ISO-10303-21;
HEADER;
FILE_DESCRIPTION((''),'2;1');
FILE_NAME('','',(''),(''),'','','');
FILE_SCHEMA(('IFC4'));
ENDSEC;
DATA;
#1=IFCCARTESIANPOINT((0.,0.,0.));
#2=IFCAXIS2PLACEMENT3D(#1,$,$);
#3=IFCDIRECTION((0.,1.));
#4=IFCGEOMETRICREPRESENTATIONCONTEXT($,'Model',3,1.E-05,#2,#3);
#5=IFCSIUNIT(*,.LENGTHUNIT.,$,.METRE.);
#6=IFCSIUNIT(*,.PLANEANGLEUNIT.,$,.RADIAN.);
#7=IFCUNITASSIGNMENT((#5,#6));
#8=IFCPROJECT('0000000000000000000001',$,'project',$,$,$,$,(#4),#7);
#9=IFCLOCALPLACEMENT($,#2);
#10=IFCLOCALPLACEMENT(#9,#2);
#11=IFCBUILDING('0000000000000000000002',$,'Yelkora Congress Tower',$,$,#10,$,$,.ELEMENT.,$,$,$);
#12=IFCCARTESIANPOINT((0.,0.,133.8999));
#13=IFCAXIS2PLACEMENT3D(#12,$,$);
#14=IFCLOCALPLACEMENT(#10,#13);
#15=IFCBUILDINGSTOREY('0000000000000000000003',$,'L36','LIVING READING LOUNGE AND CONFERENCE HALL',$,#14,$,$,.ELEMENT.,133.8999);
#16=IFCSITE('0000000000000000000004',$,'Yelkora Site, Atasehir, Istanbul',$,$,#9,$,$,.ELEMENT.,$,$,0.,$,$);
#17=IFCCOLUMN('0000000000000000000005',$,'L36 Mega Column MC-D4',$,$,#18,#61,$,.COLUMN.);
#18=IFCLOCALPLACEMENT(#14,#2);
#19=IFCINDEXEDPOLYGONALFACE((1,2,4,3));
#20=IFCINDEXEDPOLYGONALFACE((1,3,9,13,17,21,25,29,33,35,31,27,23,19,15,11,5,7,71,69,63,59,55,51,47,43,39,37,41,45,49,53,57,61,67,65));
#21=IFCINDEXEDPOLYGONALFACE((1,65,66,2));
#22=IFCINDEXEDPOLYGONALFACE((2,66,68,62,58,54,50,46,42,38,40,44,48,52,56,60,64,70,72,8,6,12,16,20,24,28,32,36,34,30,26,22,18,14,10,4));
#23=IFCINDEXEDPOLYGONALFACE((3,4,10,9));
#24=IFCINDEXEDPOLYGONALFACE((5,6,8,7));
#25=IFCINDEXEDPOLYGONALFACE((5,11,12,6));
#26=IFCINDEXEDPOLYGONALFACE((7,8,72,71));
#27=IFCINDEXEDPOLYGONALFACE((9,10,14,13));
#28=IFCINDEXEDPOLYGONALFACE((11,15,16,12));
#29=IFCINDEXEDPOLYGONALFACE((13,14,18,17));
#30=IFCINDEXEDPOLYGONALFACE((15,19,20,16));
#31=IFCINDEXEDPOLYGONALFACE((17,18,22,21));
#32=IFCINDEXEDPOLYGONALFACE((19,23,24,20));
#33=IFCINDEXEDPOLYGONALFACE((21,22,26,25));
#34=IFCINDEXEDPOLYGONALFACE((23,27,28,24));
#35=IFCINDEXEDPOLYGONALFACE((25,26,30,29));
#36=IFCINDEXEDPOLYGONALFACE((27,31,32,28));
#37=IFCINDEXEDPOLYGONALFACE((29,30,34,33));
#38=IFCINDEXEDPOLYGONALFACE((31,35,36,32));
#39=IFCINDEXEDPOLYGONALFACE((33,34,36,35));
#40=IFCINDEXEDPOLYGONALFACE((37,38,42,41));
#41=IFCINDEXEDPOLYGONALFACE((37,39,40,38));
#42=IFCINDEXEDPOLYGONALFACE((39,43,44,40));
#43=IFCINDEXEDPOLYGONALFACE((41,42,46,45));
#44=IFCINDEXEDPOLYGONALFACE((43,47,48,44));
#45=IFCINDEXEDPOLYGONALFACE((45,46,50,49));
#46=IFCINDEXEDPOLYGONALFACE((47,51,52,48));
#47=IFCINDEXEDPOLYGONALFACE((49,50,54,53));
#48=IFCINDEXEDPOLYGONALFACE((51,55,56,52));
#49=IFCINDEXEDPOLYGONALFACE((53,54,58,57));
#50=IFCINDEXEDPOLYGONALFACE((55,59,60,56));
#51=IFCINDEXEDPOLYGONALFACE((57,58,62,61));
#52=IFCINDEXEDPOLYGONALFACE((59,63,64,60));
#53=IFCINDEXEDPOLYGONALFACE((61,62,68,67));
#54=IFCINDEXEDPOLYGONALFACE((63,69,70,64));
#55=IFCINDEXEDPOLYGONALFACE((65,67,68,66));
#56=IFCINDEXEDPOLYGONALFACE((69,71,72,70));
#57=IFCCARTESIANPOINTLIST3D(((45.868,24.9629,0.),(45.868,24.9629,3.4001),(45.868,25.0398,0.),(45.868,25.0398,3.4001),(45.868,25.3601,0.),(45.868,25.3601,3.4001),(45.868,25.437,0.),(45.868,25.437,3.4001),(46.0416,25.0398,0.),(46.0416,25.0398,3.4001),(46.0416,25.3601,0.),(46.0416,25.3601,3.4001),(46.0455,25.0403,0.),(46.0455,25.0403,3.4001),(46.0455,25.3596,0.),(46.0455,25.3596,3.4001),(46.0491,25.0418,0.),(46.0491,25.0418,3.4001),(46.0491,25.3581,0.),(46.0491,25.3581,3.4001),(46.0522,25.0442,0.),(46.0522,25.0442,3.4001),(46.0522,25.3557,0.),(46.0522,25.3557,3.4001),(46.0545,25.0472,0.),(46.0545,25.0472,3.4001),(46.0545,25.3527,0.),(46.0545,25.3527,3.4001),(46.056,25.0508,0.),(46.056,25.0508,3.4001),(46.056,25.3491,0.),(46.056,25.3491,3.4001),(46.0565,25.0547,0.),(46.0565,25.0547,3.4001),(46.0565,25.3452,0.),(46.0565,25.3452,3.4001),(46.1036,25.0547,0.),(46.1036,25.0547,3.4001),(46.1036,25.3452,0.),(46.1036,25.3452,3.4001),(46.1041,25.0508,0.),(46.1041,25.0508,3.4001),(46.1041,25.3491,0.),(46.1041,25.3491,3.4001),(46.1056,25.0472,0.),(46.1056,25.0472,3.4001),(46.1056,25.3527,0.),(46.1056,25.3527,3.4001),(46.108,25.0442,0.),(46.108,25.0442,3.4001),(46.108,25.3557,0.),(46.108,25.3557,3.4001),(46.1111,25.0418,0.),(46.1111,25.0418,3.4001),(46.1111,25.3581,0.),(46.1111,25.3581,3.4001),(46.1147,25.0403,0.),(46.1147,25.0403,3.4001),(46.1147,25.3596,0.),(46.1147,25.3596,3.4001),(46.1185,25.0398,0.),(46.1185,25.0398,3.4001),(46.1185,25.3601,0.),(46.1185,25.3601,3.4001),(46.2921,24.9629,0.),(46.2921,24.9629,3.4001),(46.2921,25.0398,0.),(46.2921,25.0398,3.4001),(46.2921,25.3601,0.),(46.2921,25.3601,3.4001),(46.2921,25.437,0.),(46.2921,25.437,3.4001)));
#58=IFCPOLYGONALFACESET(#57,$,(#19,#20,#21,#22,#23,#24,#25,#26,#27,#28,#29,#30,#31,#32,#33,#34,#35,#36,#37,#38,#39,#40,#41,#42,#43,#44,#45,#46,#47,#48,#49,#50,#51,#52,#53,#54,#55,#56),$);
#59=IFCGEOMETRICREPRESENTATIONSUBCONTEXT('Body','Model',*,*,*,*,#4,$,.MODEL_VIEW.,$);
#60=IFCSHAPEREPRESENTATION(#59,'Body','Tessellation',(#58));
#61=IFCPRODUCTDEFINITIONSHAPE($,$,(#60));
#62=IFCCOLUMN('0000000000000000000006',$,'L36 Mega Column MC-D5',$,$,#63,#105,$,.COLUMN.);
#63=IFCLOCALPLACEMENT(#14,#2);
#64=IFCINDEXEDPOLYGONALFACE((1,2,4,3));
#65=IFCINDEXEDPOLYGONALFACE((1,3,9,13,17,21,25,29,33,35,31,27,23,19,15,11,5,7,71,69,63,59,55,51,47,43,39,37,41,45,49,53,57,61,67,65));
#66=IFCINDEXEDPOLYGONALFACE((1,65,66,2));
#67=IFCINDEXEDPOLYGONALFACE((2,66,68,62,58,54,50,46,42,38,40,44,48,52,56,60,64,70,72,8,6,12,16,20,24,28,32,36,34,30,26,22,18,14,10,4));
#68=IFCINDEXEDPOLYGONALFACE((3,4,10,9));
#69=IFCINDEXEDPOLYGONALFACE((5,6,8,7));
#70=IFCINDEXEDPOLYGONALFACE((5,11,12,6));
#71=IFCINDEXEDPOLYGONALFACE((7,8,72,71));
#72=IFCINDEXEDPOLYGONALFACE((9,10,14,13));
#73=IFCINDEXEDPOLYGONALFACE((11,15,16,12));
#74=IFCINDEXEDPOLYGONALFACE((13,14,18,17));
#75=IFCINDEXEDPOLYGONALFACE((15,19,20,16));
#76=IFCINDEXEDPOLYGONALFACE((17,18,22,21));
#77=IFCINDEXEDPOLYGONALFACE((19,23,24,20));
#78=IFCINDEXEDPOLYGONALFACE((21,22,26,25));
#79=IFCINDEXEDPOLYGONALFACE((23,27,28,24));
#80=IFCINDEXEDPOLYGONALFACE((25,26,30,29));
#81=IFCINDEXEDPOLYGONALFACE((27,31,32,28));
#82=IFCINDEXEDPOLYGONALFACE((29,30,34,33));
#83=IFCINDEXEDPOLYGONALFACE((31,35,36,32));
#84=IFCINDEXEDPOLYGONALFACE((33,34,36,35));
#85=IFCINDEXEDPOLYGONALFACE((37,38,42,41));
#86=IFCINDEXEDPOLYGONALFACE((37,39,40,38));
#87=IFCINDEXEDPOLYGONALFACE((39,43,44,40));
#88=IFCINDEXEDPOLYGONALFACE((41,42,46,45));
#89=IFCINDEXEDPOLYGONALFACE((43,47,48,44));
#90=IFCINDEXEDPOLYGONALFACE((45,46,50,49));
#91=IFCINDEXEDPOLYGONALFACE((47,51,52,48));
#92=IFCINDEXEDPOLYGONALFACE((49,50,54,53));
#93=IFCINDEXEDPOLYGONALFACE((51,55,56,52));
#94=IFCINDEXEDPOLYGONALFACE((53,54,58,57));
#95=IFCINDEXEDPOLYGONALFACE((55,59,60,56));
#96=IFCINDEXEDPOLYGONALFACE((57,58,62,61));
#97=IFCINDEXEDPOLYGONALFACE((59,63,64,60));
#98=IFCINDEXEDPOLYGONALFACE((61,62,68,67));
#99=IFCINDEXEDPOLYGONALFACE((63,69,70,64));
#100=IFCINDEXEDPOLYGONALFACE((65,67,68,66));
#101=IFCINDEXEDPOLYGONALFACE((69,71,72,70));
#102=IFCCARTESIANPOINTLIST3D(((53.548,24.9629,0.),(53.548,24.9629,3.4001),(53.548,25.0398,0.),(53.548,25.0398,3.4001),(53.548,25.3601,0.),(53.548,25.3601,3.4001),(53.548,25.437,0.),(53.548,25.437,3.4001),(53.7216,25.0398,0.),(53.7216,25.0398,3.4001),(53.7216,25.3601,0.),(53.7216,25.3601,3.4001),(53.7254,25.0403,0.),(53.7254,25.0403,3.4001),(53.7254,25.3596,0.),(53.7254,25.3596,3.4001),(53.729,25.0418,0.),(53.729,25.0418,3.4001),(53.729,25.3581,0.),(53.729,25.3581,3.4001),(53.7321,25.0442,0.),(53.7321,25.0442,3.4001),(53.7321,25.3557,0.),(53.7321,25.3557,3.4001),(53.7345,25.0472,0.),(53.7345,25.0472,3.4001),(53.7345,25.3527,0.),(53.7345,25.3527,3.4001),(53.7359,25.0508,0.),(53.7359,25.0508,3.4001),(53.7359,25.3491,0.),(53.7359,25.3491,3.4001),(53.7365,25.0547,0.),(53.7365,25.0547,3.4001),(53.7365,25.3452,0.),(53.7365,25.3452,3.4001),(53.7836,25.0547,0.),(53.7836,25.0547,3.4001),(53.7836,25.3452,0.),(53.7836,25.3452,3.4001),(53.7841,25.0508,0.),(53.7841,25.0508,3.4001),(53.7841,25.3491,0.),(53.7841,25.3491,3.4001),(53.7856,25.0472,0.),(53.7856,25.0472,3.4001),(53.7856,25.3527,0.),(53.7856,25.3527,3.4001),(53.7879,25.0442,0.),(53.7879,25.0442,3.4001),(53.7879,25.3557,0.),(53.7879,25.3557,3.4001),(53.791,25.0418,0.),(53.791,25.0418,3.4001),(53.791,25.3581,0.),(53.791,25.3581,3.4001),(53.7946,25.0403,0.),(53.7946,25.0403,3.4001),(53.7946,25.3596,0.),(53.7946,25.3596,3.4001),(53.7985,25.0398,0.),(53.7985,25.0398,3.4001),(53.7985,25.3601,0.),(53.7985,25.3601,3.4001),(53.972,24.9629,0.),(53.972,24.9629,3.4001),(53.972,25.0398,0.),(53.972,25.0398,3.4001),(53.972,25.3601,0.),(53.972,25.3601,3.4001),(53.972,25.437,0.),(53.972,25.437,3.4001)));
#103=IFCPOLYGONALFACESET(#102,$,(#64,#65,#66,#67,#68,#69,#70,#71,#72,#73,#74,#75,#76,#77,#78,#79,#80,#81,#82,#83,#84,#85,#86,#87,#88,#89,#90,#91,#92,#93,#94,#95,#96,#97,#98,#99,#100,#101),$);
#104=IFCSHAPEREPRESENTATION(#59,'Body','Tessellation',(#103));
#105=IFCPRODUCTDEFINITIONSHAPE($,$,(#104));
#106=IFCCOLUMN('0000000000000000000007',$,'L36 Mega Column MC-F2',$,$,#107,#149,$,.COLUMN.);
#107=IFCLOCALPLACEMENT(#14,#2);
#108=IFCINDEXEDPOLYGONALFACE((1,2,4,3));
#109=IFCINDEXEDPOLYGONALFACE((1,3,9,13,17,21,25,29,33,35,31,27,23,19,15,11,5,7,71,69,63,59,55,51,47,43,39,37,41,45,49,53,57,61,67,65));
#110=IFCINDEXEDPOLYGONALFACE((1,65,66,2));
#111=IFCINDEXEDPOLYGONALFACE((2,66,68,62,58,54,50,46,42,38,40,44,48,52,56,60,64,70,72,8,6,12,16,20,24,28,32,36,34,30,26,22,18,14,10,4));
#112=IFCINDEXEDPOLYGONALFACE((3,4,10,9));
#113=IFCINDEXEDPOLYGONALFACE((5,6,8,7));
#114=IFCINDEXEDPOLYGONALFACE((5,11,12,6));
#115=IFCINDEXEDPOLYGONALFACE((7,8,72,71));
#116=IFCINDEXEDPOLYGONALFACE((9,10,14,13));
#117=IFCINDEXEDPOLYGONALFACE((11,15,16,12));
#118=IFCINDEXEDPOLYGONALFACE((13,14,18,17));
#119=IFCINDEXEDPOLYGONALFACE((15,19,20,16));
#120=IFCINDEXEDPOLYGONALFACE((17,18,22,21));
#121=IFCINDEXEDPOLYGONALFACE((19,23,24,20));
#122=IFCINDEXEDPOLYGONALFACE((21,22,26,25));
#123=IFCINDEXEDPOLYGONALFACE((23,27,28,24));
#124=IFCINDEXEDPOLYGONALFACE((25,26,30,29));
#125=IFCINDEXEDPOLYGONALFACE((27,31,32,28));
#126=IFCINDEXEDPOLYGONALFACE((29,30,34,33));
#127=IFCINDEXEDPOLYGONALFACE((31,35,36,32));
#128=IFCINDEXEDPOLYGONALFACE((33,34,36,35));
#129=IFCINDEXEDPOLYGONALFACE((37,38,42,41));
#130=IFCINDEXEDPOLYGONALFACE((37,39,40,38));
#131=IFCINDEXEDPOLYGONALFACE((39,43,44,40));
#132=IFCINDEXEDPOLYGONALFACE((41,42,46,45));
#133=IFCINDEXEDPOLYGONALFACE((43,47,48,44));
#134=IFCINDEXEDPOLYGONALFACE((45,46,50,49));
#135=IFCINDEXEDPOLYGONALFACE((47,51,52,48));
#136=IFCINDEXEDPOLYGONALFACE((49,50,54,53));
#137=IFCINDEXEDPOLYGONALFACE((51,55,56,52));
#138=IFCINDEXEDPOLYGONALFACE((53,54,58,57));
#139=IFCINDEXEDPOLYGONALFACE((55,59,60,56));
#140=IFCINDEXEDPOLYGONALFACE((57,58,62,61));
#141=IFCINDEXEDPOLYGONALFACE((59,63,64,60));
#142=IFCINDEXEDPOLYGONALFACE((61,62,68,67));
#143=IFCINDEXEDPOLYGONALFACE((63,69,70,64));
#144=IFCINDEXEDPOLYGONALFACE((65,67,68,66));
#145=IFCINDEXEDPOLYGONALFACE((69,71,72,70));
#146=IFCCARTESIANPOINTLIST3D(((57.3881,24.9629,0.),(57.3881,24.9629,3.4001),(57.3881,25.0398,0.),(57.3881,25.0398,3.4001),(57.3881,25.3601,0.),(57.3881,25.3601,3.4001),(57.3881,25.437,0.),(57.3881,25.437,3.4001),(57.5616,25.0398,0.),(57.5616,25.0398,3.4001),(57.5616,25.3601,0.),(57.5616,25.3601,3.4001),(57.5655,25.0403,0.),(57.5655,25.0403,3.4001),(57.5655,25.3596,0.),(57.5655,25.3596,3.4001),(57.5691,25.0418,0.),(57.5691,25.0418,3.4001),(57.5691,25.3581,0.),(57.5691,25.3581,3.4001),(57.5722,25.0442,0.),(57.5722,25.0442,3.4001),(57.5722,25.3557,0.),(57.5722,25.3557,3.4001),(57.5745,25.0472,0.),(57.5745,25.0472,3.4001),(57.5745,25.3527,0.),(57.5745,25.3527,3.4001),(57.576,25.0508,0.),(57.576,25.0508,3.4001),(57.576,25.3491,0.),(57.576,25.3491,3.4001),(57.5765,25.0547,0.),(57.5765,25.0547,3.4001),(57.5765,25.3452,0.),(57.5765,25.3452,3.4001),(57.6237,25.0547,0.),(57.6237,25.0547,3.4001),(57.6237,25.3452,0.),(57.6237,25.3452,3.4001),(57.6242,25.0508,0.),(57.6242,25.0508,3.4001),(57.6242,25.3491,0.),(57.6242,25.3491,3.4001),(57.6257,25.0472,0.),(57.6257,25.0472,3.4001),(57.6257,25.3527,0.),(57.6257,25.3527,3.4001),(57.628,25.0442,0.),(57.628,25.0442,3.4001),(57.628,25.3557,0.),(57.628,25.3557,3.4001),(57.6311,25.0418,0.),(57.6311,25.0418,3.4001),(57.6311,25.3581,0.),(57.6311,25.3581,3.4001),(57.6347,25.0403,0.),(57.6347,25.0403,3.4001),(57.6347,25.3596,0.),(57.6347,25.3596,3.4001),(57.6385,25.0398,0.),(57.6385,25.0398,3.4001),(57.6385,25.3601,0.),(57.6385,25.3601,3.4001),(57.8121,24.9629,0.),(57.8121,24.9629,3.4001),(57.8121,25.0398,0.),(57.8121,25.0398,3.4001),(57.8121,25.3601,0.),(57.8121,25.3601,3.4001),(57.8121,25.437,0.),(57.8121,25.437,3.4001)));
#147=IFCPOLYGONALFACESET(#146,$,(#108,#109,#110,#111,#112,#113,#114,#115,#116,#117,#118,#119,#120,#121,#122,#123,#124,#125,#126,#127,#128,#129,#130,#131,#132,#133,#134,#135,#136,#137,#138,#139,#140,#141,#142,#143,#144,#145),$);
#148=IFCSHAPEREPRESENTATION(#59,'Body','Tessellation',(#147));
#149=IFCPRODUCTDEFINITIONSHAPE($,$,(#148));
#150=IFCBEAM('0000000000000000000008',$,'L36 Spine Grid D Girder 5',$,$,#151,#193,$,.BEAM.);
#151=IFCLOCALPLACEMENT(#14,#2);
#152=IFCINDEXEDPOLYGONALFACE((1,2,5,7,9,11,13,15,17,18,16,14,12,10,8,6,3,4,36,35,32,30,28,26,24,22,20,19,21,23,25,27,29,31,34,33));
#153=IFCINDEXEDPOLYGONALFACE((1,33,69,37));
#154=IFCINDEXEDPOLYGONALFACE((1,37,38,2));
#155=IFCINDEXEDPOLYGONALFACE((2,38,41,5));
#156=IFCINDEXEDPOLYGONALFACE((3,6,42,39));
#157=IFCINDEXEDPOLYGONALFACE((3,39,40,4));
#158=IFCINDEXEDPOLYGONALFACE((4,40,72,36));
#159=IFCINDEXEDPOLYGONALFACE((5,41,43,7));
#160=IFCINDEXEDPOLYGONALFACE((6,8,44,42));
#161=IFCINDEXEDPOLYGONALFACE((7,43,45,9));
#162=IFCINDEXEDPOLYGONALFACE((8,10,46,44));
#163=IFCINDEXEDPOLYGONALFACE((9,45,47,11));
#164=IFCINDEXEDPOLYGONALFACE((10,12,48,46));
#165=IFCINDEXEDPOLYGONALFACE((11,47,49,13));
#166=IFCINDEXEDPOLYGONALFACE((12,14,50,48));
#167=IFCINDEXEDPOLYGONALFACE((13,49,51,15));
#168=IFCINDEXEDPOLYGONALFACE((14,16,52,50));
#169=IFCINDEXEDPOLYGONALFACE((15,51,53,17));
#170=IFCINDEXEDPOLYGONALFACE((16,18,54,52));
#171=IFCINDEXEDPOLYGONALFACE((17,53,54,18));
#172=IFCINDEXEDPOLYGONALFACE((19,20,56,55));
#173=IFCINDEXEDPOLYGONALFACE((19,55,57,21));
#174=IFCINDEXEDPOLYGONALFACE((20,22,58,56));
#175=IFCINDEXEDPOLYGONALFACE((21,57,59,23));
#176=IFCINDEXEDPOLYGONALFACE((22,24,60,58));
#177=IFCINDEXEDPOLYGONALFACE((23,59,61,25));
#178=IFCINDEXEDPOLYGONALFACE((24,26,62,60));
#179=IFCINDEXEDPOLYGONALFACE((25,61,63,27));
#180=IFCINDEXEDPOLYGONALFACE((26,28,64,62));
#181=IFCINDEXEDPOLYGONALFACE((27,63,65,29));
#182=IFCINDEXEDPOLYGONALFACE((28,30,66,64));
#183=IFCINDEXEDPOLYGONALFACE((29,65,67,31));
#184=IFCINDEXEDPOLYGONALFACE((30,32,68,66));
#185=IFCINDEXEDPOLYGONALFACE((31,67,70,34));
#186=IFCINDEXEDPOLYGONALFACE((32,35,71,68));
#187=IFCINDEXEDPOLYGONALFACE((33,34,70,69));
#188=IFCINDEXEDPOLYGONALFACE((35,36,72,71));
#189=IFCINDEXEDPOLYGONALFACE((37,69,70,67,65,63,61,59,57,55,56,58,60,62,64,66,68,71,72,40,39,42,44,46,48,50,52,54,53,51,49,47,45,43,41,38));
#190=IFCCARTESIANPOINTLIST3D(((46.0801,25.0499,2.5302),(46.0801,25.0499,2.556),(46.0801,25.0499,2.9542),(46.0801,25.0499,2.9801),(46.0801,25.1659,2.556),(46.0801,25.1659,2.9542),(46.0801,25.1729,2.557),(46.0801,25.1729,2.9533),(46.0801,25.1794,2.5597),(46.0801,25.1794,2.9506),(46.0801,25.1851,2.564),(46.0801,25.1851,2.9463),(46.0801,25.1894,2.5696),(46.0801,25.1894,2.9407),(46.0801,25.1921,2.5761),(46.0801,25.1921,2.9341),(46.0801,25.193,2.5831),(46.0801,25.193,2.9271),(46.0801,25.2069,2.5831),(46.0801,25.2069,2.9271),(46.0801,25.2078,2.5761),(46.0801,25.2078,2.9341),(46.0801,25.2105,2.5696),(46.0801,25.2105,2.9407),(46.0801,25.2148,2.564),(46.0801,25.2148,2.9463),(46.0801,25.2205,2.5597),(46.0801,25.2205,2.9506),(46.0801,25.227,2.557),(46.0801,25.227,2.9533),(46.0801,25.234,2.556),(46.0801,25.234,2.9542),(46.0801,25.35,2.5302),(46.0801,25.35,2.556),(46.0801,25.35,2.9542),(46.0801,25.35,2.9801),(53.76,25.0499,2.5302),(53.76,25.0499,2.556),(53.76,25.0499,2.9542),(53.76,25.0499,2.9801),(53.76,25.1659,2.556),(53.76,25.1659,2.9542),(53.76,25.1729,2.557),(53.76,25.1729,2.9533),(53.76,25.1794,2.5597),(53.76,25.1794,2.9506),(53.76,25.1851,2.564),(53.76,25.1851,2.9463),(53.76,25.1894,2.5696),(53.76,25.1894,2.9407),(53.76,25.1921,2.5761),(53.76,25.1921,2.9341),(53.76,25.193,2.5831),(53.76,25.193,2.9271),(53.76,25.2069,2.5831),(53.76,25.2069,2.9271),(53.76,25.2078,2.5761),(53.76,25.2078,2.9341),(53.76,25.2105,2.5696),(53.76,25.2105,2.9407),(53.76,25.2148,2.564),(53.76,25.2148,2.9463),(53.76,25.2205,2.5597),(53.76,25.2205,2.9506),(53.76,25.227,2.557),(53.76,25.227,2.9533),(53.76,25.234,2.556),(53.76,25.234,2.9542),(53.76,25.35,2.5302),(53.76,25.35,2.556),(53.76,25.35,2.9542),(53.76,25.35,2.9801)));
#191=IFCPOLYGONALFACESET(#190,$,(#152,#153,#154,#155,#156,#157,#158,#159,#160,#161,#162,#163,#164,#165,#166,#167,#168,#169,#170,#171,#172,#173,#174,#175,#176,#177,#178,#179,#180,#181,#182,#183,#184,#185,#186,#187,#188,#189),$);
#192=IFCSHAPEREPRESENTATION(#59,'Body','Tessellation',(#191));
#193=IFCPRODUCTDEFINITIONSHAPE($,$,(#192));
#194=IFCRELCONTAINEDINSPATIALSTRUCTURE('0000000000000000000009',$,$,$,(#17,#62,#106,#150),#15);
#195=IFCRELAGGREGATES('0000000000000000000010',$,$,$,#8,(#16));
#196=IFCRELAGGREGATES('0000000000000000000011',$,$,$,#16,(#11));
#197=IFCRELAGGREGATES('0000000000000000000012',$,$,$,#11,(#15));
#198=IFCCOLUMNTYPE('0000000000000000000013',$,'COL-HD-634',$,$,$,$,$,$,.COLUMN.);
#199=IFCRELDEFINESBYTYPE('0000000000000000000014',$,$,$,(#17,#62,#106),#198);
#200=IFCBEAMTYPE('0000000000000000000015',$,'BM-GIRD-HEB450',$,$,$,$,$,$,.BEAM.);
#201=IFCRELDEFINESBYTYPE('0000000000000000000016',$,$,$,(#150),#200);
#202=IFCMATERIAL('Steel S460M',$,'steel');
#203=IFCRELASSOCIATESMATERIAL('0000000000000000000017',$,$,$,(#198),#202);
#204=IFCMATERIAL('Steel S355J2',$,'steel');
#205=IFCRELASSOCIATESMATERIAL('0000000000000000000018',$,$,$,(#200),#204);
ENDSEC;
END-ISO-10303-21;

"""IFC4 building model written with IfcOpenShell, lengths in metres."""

from ifc_helpers import new_model, si_unit, direction, frame, origin, origin_2d, place, context, subcontext, project, spatial, i_section, extrude, material, material_profile, profile_set, type_object, element, save


model = new_model("IFC4")

# Units and contexts
model_context = context("Model", 3, precision=1e-05, world=origin(), true_north=direction((0.0, 1.0)))
body_context = subcontext(model_context, "Body", "Model", "MODEL_VIEW")
ifc_project = project(units=[si_unit("LENGTHUNIT", "METRE"), si_unit("PLANEANGLEUNIT", "RADIAN")], contexts=[model_context])

# Site, building, storey
site_placement = place(None, origin())
site = spatial("IfcSite", under=ifc_project, at=site_placement, Name="Yelkora Site, Atasehir, Istanbul", CompositionType="ELEMENT", RefElevation=0.0)
building_placement = place(site_placement, origin())
building = spatial("IfcBuilding", under=site, at=building_placement, Name="Yelkora Congress Tower", CompositionType="ELEMENT")
storey_placement = place(building_placement, frame((0.0, 0.0, 133.8999)))
storey = spatial("IfcBuildingStorey", under=building, at=storey_placement, Name="L36", Description="LIVING READING LOUNGE AND CONFERENCE HALL", CompositionType="ELEMENT", Elevation=133.8999)

# Columns
ifc_material_1 = material(Name="Steel S460M", Category="steel")
ifc_material_profile_1 = material_profile(ifc_material_1, i_section(OverallWidth=0.4241, OverallDepth=0.4741, WebThickness=0.0471, FlangeThickness=0.0769, FilletRadius=0.0149, at=origin_2d()), Name="HD 400x634")
ifc_profile_set_1 = profile_set([ifc_material_profile_1], Name="Steel S460M")
column_type = type_object("IfcColumnType", Name="COL-HD-634", PredefinedType="COLUMN", material=ifc_profile_set_1)
for number, where, z_axis, x_axis, name in (
    (1, (46.0801, 25.2, 0.0), (0.0, 0.0, 1.0), (1.0, 0.0, 0.0), "L36 Mega Column MC-D4"),
    (2, (53.76, 25.2, 0.0), (0.0, 0.0, 1.0), (1.0, 0.0, 0.0), "L36 Mega Column MC-D5"),
    (3, (57.6001, 25.2, 0.0), (0.0, 0.0, 1.0), (1.0, 0.0, 0.0), "L36 Mega Column MC-F2"),
):
    element("IfcColumn", number, at=place(storey_placement, frame(where, z_axis=z_axis, x_axis=x_axis)), inside=storey, type_object=column_type, Name=name, PredefinedType="COLUMN", context=body_context, shape_type="SweptSolid", body=[
        extrude(i_section(OverallWidth=0.4241, OverallDepth=0.4741, WebThickness=0.0471, FlangeThickness=0.0769, FilletRadius=0.0149, at=origin_2d()), origin(), (0.0, 0.0, 1.0), 3.4001),
    ])

# Beam
ifc_material_2 = material(Name="Steel S355J2", Category="steel")
ifc_material_profile_2 = material_profile(ifc_material_2, i_section(OverallWidth=0.3, OverallDepth=0.45, WebThickness=0.0139, FlangeThickness=0.0259, FilletRadius=0.0271, at=origin_2d()), Name="HEB 450")
ifc_profile_set_2 = profile_set([ifc_material_profile_2], Name="Steel S355J2")
beam_type_1 = type_object("IfcBeamType", Name="BM-GIRD-HEB450", PredefinedType="BEAM", material=ifc_profile_set_2)
beam_1_placement = place(storey_placement, frame((46.0801, 25.2, 2.7551), z_axis=(1.0, 0.0, 0.0), x_axis=(0.0, 1.0, 0.0)))
element("IfcBeam", 4, at=beam_1_placement, inside=storey, type_object=beam_type_1, Name="L36 Spine Grid D Girder 5", PredefinedType="BEAM", context=body_context, shape_type="SweptSolid", body=[
    extrude(i_section(OverallWidth=0.3, OverallDepth=0.45, WebThickness=0.0139, FlangeThickness=0.0259, FilletRadius=0.0271, at=origin_2d()), origin(), (0.0, 0.0, 1.0), 7.6799),
])

save(model, "model.ifc")
